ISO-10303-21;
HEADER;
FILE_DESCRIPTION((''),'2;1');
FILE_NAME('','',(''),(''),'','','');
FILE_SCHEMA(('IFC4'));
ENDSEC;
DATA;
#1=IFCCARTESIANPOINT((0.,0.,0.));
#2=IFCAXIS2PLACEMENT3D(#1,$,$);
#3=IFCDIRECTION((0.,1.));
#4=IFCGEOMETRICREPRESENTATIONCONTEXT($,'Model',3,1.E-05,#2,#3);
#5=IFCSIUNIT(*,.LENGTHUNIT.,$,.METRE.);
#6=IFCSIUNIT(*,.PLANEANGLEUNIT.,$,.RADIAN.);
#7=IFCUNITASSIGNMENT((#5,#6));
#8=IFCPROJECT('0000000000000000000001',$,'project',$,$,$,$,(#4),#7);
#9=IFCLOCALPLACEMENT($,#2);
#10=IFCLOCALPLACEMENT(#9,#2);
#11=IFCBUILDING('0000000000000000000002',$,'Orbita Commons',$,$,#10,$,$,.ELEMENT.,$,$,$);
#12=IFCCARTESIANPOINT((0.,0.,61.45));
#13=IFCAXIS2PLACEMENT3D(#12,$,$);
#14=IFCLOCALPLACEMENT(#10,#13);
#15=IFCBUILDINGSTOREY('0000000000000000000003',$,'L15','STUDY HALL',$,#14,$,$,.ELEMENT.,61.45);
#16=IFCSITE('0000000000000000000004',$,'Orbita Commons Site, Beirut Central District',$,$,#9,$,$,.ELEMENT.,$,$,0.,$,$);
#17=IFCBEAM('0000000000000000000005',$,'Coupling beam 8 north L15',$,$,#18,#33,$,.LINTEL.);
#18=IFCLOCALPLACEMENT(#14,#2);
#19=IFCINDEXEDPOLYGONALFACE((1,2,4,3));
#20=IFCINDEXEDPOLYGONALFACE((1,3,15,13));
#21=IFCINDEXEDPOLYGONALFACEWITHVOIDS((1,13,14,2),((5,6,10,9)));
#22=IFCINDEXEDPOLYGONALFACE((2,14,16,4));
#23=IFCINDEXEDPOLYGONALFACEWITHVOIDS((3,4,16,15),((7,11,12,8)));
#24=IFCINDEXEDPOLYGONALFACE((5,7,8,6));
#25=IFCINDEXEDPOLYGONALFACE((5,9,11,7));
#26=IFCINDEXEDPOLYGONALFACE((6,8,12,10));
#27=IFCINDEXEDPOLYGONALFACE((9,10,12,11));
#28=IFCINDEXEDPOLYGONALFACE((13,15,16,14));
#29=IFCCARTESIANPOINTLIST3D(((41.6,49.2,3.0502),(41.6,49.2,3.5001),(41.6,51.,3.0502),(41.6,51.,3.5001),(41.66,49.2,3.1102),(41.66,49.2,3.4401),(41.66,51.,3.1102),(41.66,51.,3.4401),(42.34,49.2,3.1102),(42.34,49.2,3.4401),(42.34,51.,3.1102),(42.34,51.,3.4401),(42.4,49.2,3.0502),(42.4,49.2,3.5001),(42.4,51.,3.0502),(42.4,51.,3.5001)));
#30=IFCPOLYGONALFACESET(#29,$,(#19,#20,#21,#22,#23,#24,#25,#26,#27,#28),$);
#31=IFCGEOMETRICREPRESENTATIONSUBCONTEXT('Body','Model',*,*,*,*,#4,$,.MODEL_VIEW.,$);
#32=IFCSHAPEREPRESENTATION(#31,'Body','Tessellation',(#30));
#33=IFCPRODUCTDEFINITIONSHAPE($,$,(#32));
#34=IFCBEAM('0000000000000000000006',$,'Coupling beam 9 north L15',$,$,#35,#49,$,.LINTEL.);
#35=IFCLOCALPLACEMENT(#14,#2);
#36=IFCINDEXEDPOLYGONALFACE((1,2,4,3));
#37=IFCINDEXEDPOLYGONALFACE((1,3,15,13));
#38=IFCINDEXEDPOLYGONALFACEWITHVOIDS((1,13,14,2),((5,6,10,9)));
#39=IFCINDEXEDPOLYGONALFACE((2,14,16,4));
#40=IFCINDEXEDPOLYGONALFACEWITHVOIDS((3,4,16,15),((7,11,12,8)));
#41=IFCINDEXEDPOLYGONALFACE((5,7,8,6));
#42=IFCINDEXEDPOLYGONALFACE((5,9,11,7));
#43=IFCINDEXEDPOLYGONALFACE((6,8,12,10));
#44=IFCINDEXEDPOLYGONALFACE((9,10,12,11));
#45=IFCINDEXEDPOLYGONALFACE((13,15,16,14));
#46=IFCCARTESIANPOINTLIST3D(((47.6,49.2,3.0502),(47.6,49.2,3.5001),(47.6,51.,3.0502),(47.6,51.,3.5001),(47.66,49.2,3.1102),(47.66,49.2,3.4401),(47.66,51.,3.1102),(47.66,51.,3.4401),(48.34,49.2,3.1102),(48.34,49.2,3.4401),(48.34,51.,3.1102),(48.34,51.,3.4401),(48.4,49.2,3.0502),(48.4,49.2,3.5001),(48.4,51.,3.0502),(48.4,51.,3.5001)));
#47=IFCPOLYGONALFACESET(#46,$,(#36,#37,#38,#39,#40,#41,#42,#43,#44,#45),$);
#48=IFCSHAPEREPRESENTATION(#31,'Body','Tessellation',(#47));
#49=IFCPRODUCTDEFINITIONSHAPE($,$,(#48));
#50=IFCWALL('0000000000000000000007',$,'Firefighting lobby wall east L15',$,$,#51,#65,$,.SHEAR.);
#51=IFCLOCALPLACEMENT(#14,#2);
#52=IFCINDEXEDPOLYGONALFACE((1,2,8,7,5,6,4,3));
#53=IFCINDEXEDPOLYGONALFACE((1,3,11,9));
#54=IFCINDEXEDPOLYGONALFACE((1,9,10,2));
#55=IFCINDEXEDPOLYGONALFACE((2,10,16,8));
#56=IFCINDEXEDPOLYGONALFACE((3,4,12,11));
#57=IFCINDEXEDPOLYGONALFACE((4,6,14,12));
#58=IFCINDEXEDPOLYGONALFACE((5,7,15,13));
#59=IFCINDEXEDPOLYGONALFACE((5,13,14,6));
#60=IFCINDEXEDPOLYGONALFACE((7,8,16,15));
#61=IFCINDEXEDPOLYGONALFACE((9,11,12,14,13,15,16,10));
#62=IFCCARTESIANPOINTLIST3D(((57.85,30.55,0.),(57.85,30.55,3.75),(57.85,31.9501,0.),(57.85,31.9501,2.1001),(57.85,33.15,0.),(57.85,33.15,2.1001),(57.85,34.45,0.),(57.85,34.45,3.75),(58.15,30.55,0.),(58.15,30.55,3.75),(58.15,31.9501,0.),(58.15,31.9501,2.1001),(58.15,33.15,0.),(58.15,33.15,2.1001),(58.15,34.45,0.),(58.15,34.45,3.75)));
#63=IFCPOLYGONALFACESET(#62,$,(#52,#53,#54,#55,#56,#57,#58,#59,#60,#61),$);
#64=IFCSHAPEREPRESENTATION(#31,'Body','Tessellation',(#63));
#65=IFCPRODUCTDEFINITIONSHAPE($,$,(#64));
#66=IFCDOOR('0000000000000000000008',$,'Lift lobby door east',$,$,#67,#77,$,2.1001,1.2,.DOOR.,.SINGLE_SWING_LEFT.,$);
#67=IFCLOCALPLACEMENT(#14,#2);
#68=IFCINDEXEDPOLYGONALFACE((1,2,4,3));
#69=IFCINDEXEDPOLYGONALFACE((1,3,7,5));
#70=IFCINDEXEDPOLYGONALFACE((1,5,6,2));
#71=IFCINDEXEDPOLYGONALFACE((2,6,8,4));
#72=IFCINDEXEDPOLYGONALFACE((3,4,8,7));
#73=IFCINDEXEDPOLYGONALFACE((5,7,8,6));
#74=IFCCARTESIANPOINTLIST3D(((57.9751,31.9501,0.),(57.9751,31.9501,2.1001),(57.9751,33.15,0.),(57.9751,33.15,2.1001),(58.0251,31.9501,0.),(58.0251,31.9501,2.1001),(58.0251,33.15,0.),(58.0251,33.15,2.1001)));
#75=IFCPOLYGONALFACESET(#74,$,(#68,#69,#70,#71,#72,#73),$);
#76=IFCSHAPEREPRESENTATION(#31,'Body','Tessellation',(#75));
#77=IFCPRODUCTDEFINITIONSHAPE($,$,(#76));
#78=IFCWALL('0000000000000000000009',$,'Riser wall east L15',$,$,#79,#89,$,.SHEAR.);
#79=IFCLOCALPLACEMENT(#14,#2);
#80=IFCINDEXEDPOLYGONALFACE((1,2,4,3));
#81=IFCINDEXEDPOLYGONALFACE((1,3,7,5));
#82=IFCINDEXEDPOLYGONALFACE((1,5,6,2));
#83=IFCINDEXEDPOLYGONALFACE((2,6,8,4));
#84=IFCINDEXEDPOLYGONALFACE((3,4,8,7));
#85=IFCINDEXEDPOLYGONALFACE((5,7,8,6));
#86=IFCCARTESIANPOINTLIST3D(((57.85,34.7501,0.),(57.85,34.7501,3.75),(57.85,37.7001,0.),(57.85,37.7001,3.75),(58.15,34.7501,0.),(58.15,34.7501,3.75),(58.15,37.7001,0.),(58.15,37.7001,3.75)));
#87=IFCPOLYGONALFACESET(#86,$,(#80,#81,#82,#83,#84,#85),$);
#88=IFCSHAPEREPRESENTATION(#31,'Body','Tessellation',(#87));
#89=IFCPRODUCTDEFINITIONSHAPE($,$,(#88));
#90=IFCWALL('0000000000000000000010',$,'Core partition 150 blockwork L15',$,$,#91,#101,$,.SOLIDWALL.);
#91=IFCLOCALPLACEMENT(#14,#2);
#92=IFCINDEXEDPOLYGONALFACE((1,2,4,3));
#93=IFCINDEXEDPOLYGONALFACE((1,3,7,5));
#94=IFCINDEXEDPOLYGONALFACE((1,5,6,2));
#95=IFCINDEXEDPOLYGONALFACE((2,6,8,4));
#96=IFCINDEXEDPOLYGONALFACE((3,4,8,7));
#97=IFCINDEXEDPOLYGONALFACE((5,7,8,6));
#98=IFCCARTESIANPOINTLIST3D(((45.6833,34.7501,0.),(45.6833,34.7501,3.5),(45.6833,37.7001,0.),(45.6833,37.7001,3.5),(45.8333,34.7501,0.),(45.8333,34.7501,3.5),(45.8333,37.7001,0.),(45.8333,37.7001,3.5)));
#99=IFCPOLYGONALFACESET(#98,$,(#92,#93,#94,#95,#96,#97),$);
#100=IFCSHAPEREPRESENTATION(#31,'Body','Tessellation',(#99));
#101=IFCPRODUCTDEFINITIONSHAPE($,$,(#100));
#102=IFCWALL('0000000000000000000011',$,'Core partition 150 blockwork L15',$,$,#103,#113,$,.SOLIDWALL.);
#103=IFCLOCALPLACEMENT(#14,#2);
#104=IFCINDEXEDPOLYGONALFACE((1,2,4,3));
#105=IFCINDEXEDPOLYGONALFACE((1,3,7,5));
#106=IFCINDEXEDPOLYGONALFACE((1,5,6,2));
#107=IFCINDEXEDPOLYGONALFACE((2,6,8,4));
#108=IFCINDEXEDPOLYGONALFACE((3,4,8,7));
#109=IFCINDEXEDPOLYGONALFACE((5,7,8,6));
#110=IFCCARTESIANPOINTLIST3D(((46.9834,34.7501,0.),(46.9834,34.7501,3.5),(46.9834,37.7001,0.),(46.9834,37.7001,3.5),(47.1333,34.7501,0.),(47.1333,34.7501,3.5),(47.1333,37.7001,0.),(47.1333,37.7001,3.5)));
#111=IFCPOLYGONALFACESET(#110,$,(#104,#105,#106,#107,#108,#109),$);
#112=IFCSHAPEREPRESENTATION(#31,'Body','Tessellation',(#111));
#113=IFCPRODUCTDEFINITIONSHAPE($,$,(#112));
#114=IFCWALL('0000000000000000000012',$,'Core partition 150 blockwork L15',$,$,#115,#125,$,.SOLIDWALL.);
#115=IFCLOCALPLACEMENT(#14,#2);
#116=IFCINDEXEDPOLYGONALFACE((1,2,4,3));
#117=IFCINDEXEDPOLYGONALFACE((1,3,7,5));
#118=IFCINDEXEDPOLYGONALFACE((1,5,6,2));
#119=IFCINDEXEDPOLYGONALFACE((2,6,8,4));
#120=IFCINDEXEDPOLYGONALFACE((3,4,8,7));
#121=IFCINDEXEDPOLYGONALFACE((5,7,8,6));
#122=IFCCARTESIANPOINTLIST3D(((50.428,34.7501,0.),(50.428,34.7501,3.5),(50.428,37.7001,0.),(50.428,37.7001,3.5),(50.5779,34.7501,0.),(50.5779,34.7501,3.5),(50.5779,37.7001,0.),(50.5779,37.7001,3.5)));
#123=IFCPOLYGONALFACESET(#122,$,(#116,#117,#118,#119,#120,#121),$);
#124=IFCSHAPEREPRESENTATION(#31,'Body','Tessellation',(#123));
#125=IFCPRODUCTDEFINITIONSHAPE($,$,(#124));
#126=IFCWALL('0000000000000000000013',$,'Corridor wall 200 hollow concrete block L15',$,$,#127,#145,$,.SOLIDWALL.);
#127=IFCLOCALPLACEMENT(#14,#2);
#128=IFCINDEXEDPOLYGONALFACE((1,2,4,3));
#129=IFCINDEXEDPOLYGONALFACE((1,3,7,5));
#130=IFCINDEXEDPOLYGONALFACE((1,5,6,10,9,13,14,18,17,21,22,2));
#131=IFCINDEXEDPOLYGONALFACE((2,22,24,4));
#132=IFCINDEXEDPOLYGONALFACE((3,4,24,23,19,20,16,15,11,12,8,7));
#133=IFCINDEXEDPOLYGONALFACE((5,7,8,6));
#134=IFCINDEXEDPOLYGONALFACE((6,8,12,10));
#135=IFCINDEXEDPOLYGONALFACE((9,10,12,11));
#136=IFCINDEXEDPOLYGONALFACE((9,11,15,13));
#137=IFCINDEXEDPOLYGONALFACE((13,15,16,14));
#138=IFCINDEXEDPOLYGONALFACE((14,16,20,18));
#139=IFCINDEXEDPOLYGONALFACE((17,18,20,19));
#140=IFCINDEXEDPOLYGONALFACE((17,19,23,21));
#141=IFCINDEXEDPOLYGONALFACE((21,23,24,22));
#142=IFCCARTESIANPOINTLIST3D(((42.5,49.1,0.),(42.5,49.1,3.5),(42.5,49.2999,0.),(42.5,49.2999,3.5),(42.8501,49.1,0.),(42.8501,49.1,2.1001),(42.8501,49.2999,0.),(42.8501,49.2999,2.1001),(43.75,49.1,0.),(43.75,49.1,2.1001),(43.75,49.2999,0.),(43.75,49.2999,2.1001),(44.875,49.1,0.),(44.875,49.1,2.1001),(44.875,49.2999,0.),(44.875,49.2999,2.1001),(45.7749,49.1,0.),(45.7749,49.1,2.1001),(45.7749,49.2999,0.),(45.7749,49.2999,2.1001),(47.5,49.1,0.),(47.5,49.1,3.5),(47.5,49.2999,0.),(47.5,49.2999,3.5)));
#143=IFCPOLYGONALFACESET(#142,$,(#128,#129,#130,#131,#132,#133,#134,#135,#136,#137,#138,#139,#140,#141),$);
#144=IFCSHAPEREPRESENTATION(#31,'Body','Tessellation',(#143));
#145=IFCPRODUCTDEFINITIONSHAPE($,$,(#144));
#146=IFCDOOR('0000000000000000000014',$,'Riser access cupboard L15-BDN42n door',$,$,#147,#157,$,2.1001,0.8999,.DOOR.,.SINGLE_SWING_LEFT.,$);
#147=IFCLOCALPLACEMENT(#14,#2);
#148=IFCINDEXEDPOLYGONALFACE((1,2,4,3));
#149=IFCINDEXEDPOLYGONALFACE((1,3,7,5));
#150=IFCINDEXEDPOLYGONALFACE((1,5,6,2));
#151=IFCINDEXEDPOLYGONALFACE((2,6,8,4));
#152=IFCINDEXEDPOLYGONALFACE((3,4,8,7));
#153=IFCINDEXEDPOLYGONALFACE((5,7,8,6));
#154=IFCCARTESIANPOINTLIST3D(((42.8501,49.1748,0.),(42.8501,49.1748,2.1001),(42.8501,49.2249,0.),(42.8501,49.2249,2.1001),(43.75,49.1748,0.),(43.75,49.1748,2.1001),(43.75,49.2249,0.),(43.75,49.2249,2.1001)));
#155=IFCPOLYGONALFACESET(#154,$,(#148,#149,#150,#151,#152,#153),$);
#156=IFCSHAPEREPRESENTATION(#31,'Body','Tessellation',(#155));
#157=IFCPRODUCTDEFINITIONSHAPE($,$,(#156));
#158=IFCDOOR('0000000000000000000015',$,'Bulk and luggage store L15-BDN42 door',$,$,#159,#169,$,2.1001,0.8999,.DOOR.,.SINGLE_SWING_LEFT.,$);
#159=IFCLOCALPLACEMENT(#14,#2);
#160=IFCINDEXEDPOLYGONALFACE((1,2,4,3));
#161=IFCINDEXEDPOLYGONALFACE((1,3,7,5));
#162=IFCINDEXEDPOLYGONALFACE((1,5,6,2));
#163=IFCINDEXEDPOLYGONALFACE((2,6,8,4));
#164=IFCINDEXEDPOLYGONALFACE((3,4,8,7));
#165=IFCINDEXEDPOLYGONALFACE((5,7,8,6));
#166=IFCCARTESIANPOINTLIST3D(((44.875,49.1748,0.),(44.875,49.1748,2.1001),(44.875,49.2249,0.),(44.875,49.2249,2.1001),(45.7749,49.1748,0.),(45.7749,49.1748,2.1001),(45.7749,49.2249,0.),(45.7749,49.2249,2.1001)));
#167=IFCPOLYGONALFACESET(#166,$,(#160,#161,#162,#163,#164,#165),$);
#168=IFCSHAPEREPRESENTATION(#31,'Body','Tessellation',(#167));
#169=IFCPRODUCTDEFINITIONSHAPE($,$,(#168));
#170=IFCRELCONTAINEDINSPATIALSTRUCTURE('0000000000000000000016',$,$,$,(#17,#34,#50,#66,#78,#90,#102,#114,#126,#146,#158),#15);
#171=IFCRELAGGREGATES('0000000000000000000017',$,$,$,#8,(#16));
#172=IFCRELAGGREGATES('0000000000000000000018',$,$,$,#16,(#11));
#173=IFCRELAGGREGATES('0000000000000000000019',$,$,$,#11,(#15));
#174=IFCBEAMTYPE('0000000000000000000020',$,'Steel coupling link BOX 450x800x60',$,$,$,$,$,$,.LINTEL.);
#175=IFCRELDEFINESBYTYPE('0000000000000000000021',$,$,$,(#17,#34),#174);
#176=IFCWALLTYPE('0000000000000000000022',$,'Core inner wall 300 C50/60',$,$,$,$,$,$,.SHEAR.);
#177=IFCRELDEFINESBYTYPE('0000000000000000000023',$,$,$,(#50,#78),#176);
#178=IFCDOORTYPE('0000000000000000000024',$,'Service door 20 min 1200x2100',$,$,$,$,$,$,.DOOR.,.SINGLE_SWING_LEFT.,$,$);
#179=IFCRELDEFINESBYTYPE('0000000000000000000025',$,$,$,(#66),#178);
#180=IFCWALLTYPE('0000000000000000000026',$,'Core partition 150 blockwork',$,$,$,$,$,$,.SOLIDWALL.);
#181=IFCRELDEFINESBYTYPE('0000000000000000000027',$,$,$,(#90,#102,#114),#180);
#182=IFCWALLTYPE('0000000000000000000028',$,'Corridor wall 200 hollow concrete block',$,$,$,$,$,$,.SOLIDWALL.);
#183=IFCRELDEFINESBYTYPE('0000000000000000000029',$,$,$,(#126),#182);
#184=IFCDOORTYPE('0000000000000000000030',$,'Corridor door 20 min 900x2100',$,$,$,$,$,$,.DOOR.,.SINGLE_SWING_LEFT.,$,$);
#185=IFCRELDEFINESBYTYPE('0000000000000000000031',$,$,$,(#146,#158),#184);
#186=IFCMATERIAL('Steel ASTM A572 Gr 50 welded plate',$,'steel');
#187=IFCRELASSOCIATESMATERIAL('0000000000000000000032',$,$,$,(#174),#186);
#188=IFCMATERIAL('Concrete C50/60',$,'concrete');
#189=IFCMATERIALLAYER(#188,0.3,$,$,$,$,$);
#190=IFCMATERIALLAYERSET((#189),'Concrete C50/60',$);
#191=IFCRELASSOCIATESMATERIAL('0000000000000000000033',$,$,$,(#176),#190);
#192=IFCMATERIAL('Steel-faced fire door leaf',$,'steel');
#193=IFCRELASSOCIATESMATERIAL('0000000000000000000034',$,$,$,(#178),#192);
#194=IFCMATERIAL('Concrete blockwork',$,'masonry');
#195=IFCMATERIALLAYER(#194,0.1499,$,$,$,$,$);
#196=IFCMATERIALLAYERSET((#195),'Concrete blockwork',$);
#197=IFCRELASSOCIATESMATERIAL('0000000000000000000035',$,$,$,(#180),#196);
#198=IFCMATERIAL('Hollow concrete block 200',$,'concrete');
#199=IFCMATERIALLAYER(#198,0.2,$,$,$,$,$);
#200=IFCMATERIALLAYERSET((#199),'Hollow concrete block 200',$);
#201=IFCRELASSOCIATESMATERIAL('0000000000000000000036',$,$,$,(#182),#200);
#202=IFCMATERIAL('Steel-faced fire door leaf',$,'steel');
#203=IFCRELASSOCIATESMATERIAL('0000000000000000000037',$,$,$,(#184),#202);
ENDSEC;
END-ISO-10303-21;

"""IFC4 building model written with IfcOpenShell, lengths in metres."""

from ifc_helpers import new_model, si_unit, direction, frame, frame_2d, origin, origin_2d, place, context, subcontext, project, spatial, rectangle, hollow_rectangle, extrude, material, layer, layer_set, material_profile, profile_set, type_object, element, fill, save


model = new_model("IFC4")

# Units and contexts
model_context = context("Model", 3, precision=1e-05, world=origin(), true_north=direction((0.0, 1.0)))
body_context = subcontext(model_context, "Body", "Model", "MODEL_VIEW")
ifc_project = project(units=[si_unit("LENGTHUNIT", "METRE"), si_unit("PLANEANGLEUNIT", "RADIAN")], contexts=[model_context])

# Site, building, storey
site_placement = place(None, origin())
site = spatial("IfcSite", under=ifc_project, at=site_placement, Name="Orbita Commons Site, Beirut Central District", CompositionType="ELEMENT", RefElevation=0.0)
building_placement = place(site_placement, origin())
building = spatial("IfcBuilding", under=site, at=building_placement, Name="Orbita Commons", CompositionType="ELEMENT")
storey_placement = place(building_placement, frame((0.0, 0.0, 61.45)))
storey = spatial("IfcBuildingStorey", under=building, at=storey_placement, Name="L15", Description="STUDY HALL", CompositionType="ELEMENT", Elevation=61.45)

# Beams
ifc_material_1 = material(Name="Steel ASTM A572 Gr 50 welded plate", Category="steel")
ifc_material_profile = material_profile(ifc_material_1, hollow_rectangle(XDim=0.8, YDim=0.45, WallThickness=0.0601, at=origin_2d()), Name="BOX 450x800x60")
ifc_profile_set = profile_set([ifc_material_profile], Name="Steel ASTM A572 Gr 50 welded plate")
beam_type = type_object("IfcBeamType", Name="Steel coupling link BOX 450x800x60", PredefinedType="LINTEL", material=ifc_profile_set)
for number, where, z_axis, x_axis, name in (
    (1, (42.0, 49.2, 3.2751), (0.0, 1.0, 0.0), (-1.0, 0.0, 0.0), "Coupling beam 8 north L15"),
    (2, (48.0, 49.2, 3.2751), (0.0, 1.0, 0.0), (-1.0, 0.0, 0.0), "Coupling beam 9 north L15"),
):
    element("IfcBeam", number, at=place(storey_placement, frame(where, z_axis=z_axis, x_axis=x_axis)), inside=storey, type_object=beam_type, Name=name, PredefinedType="LINTEL", context=body_context, shape_type="SweptSolid", body=[
        extrude(hollow_rectangle(XDim=0.8, YDim=0.45, WallThickness=0.0601, at=origin_2d()), origin(), (0.0, 0.0, 1.0), 1.8),
    ])

# Wall, opening, door
ifc_material_2 = material(Name="Concrete C50/60", Category="concrete")
ifc_layer_1 = layer(ifc_material_2, 0.3)
ifc_layer_set_1 = layer_set([ifc_layer_1], Name="Concrete C50/60")
wall_type_1 = type_object("IfcWallType", Name="Core inner wall 300 C50/60", PredefinedType="SHEAR", material=ifc_layer_set_1)
wall_1_placement = place(storey_placement, frame((58.0, 30.55, 0.0), z_axis=(0.0, 0.0, 1.0), x_axis=(0.0, 1.0, 0.0)))
wall_1 = element("IfcWall", 3, at=wall_1_placement, inside=storey, type_object=wall_type_1, Name="Firefighting lobby wall east L15", PredefinedType="SHEAR", context=body_context, shape_type="SweptSolid", body=[
    extrude(rectangle(XDim=3.8999, YDim=0.3, at=frame_2d((1.95, 0.0))), origin(), (0.0, 0.0, 1.0), 3.75),
])
opening_1_placement = place(wall_1_placement, frame((1.3999, 0.0, 0.0)))
opening_1 = element("IfcOpeningElement", 4, at=opening_1_placement, cuts=wall_1, PredefinedType="OPENING", context=body_context, shape_type="SweptSolid", body=[
    extrude(rectangle(XDim=1.2, YDim=2.1001, at=frame_2d((0.6001, 1.05))), frame((0.0, 0.1599, 0.0), z_axis=(0.0, -1.0, 0.0), x_axis=(1.0, 0.0, 0.0)), (0.0, 0.0, 1.0), 0.3201),
])
ifc_material_3 = material(Name="Steel-faced fire door leaf", Category="steel")
door_type_1 = type_object("IfcDoorType", Name="Service door 20 min 1200x2100", OperationType="SINGLE_SWING_LEFT", PredefinedType="DOOR", material=ifc_material_3)
door_1_placement = place(opening_1_placement, origin())
door_1 = element("IfcDoor", 5, at=door_1_placement, inside=storey, type_object=door_type_1, Name="Lift lobby door east", OperationType="SINGLE_SWING_LEFT", OverallHeight=2.1001, OverallWidth=1.2, PredefinedType="DOOR", context=body_context, shape_type="SweptSolid", body=[
    extrude(rectangle(XDim=1.2, YDim=2.1001, at=frame_2d((0.6001, 1.05))), frame((0.0, 0.0249, 0.0), z_axis=(0.0, -1.0, 0.0), x_axis=(1.0, 0.0, 0.0)), (0.0, 0.0, 1.0), 0.05),
])
fill(opening_1, door_1)

# Walls
wall_2_placement = place(storey_placement, frame((58.0, 34.75, 0.0), z_axis=(0.0, 0.0, 1.0), x_axis=(0.0, 1.0, 0.0)))
element("IfcWall", 6, at=wall_2_placement, inside=storey, type_object=wall_type_1, Name="Riser wall east L15", PredefinedType="SHEAR", context=body_context, shape_type="SweptSolid", body=[
    extrude(rectangle(XDim=2.95, YDim=0.3, at=frame_2d((1.4751, 0.0))), origin(), (0.0, 0.0, 1.0), 3.75),
])
ifc_material_4 = material(Name="Concrete blockwork", Category="masonry")
ifc_layer_2 = layer(ifc_material_4, 0.1499)
ifc_layer_set_2 = layer_set([ifc_layer_2], Name="Concrete blockwork")
wall_type_2 = type_object("IfcWallType", Name="Core partition 150 blockwork", PredefinedType="SOLIDWALL", material=ifc_layer_set_2)
for number, where, z_axis, x_axis, name in (
    (7, (45.7583, 34.75, 0.0), (0.0, 0.0, 1.0), (0.0, 1.0, 0.0), "Core partition 150 blockwork L15"),
    (8, (47.0583, 34.75, 0.0), (0.0, 0.0, 1.0), (0.0, 1.0, 0.0), "Core partition 150 blockwork L15"),
    (9, (50.5029, 34.75, 0.0), (0.0, 0.0, 1.0), (0.0, 1.0, 0.0), "Core partition 150 blockwork L15"),
):
    element("IfcWall", number, at=place(storey_placement, frame(where, z_axis=z_axis, x_axis=x_axis)), inside=storey, type_object=wall_type_2, Name=name, PredefinedType="SOLIDWALL", context=body_context, shape_type="SweptSolid", body=[
        extrude(rectangle(XDim=2.95, YDim=0.1499, at=frame_2d((1.4751, 0.0))), origin(), (0.0, 0.0, 1.0), 3.5),
    ])

# Wall, openings, doors
ifc_material_5 = material(Name="Hollow concrete block 200", Category="concrete")
ifc_layer_3 = layer(ifc_material_5, 0.2)
ifc_layer_set_3 = layer_set([ifc_layer_3], Name="Hollow concrete block 200")
wall_type_3 = type_object("IfcWallType", Name="Corridor wall 200 hollow concrete block", PredefinedType="SOLIDWALL", material=ifc_layer_set_3)
wall_3_placement = place(storey_placement, frame((42.5, 49.2, 0.0), z_axis=(0.0, 0.0, 1.0), x_axis=(1.0, 0.0, 0.0)))
wall_3 = element("IfcWall", 10, at=wall_3_placement, inside=storey, type_object=wall_type_3, Name="Corridor wall 200 hollow concrete block L15", PredefinedType="SOLIDWALL", context=body_context, shape_type="SweptSolid", body=[
    extrude(rectangle(XDim=5.0, YDim=0.2, at=frame_2d((2.5, 0.0))), origin(), (0.0, 0.0, 1.0), 3.5),
])
opening_2_placement = place(wall_3_placement, frame((0.3501, 0.0, 0.0)))
opening_2 = element("IfcOpeningElement", 11, at=opening_2_placement, cuts=wall_3, PredefinedType="OPENING", context=body_context, shape_type="SweptSolid", body=[
    extrude(rectangle(XDim=0.8999, YDim=2.1001, at=frame_2d((0.45, 1.05))), frame((0.0, 0.1099, 0.0), z_axis=(0.0, -1.0, 0.0), x_axis=(1.0, 0.0, 0.0)), (0.0, 0.0, 1.0), 0.22),
])
opening_3_placement = place(wall_3_placement, frame((2.375, 0.0, 0.0)))
opening_3 = element("IfcOpeningElement", 12, at=opening_3_placement, cuts=wall_3, PredefinedType="OPENING", context=body_context, shape_type="SweptSolid", body=[
    extrude(rectangle(XDim=0.8999, YDim=2.1001, at=frame_2d((0.45, 1.05))), frame((0.0, 0.1099, 0.0), z_axis=(0.0, -1.0, 0.0), x_axis=(1.0, 0.0, 0.0)), (0.0, 0.0, 1.0), 0.22),
])
ifc_material_6 = material(Name="Steel-faced fire door leaf", Category="steel")
door_type_2 = type_object("IfcDoorType", Name="Corridor door 20 min 900x2100", OperationType="SINGLE_SWING_LEFT", PredefinedType="DOOR", material=ifc_material_6)
door_2_placement = place(opening_2_placement, origin())
door_2 = element("IfcDoor", 13, at=door_2_placement, inside=storey, type_object=door_type_2, Name="Riser access cupboard L15-BDN42n door", OperationType="SINGLE_SWING_LEFT", OverallHeight=2.1001, OverallWidth=0.8999, PredefinedType="DOOR", context=body_context, shape_type="SweptSolid", body=[
    extrude(rectangle(XDim=0.8999, YDim=2.1001, at=frame_2d((0.45, 1.05))), frame((0.0, 0.0249, 0.0), z_axis=(0.0, -1.0, 0.0), x_axis=(1.0, 0.0, 0.0)), (0.0, 0.0, 1.0), 0.05),
])
fill(opening_2, door_2)
door_3_placement = place(opening_3_placement, origin())
door_3 = element("IfcDoor", 14, at=door_3_placement, inside=storey, type_object=door_type_2, Name="Bulk and luggage store L15-BDN42 door", OperationType="SINGLE_SWING_LEFT", OverallHeight=2.1001, OverallWidth=0.8999, PredefinedType="DOOR", context=body_context, shape_type="SweptSolid", body=[
    extrude(rectangle(XDim=0.8999, YDim=2.1001, at=frame_2d((0.45, 1.05))), frame((0.0, 0.0249, 0.0), z_axis=(0.0, -1.0, 0.0), x_axis=(1.0, 0.0, 0.0)), (0.0, 0.0, 1.0), 0.05),
])
fill(opening_3, door_3)

save(model, "model.ifc")
